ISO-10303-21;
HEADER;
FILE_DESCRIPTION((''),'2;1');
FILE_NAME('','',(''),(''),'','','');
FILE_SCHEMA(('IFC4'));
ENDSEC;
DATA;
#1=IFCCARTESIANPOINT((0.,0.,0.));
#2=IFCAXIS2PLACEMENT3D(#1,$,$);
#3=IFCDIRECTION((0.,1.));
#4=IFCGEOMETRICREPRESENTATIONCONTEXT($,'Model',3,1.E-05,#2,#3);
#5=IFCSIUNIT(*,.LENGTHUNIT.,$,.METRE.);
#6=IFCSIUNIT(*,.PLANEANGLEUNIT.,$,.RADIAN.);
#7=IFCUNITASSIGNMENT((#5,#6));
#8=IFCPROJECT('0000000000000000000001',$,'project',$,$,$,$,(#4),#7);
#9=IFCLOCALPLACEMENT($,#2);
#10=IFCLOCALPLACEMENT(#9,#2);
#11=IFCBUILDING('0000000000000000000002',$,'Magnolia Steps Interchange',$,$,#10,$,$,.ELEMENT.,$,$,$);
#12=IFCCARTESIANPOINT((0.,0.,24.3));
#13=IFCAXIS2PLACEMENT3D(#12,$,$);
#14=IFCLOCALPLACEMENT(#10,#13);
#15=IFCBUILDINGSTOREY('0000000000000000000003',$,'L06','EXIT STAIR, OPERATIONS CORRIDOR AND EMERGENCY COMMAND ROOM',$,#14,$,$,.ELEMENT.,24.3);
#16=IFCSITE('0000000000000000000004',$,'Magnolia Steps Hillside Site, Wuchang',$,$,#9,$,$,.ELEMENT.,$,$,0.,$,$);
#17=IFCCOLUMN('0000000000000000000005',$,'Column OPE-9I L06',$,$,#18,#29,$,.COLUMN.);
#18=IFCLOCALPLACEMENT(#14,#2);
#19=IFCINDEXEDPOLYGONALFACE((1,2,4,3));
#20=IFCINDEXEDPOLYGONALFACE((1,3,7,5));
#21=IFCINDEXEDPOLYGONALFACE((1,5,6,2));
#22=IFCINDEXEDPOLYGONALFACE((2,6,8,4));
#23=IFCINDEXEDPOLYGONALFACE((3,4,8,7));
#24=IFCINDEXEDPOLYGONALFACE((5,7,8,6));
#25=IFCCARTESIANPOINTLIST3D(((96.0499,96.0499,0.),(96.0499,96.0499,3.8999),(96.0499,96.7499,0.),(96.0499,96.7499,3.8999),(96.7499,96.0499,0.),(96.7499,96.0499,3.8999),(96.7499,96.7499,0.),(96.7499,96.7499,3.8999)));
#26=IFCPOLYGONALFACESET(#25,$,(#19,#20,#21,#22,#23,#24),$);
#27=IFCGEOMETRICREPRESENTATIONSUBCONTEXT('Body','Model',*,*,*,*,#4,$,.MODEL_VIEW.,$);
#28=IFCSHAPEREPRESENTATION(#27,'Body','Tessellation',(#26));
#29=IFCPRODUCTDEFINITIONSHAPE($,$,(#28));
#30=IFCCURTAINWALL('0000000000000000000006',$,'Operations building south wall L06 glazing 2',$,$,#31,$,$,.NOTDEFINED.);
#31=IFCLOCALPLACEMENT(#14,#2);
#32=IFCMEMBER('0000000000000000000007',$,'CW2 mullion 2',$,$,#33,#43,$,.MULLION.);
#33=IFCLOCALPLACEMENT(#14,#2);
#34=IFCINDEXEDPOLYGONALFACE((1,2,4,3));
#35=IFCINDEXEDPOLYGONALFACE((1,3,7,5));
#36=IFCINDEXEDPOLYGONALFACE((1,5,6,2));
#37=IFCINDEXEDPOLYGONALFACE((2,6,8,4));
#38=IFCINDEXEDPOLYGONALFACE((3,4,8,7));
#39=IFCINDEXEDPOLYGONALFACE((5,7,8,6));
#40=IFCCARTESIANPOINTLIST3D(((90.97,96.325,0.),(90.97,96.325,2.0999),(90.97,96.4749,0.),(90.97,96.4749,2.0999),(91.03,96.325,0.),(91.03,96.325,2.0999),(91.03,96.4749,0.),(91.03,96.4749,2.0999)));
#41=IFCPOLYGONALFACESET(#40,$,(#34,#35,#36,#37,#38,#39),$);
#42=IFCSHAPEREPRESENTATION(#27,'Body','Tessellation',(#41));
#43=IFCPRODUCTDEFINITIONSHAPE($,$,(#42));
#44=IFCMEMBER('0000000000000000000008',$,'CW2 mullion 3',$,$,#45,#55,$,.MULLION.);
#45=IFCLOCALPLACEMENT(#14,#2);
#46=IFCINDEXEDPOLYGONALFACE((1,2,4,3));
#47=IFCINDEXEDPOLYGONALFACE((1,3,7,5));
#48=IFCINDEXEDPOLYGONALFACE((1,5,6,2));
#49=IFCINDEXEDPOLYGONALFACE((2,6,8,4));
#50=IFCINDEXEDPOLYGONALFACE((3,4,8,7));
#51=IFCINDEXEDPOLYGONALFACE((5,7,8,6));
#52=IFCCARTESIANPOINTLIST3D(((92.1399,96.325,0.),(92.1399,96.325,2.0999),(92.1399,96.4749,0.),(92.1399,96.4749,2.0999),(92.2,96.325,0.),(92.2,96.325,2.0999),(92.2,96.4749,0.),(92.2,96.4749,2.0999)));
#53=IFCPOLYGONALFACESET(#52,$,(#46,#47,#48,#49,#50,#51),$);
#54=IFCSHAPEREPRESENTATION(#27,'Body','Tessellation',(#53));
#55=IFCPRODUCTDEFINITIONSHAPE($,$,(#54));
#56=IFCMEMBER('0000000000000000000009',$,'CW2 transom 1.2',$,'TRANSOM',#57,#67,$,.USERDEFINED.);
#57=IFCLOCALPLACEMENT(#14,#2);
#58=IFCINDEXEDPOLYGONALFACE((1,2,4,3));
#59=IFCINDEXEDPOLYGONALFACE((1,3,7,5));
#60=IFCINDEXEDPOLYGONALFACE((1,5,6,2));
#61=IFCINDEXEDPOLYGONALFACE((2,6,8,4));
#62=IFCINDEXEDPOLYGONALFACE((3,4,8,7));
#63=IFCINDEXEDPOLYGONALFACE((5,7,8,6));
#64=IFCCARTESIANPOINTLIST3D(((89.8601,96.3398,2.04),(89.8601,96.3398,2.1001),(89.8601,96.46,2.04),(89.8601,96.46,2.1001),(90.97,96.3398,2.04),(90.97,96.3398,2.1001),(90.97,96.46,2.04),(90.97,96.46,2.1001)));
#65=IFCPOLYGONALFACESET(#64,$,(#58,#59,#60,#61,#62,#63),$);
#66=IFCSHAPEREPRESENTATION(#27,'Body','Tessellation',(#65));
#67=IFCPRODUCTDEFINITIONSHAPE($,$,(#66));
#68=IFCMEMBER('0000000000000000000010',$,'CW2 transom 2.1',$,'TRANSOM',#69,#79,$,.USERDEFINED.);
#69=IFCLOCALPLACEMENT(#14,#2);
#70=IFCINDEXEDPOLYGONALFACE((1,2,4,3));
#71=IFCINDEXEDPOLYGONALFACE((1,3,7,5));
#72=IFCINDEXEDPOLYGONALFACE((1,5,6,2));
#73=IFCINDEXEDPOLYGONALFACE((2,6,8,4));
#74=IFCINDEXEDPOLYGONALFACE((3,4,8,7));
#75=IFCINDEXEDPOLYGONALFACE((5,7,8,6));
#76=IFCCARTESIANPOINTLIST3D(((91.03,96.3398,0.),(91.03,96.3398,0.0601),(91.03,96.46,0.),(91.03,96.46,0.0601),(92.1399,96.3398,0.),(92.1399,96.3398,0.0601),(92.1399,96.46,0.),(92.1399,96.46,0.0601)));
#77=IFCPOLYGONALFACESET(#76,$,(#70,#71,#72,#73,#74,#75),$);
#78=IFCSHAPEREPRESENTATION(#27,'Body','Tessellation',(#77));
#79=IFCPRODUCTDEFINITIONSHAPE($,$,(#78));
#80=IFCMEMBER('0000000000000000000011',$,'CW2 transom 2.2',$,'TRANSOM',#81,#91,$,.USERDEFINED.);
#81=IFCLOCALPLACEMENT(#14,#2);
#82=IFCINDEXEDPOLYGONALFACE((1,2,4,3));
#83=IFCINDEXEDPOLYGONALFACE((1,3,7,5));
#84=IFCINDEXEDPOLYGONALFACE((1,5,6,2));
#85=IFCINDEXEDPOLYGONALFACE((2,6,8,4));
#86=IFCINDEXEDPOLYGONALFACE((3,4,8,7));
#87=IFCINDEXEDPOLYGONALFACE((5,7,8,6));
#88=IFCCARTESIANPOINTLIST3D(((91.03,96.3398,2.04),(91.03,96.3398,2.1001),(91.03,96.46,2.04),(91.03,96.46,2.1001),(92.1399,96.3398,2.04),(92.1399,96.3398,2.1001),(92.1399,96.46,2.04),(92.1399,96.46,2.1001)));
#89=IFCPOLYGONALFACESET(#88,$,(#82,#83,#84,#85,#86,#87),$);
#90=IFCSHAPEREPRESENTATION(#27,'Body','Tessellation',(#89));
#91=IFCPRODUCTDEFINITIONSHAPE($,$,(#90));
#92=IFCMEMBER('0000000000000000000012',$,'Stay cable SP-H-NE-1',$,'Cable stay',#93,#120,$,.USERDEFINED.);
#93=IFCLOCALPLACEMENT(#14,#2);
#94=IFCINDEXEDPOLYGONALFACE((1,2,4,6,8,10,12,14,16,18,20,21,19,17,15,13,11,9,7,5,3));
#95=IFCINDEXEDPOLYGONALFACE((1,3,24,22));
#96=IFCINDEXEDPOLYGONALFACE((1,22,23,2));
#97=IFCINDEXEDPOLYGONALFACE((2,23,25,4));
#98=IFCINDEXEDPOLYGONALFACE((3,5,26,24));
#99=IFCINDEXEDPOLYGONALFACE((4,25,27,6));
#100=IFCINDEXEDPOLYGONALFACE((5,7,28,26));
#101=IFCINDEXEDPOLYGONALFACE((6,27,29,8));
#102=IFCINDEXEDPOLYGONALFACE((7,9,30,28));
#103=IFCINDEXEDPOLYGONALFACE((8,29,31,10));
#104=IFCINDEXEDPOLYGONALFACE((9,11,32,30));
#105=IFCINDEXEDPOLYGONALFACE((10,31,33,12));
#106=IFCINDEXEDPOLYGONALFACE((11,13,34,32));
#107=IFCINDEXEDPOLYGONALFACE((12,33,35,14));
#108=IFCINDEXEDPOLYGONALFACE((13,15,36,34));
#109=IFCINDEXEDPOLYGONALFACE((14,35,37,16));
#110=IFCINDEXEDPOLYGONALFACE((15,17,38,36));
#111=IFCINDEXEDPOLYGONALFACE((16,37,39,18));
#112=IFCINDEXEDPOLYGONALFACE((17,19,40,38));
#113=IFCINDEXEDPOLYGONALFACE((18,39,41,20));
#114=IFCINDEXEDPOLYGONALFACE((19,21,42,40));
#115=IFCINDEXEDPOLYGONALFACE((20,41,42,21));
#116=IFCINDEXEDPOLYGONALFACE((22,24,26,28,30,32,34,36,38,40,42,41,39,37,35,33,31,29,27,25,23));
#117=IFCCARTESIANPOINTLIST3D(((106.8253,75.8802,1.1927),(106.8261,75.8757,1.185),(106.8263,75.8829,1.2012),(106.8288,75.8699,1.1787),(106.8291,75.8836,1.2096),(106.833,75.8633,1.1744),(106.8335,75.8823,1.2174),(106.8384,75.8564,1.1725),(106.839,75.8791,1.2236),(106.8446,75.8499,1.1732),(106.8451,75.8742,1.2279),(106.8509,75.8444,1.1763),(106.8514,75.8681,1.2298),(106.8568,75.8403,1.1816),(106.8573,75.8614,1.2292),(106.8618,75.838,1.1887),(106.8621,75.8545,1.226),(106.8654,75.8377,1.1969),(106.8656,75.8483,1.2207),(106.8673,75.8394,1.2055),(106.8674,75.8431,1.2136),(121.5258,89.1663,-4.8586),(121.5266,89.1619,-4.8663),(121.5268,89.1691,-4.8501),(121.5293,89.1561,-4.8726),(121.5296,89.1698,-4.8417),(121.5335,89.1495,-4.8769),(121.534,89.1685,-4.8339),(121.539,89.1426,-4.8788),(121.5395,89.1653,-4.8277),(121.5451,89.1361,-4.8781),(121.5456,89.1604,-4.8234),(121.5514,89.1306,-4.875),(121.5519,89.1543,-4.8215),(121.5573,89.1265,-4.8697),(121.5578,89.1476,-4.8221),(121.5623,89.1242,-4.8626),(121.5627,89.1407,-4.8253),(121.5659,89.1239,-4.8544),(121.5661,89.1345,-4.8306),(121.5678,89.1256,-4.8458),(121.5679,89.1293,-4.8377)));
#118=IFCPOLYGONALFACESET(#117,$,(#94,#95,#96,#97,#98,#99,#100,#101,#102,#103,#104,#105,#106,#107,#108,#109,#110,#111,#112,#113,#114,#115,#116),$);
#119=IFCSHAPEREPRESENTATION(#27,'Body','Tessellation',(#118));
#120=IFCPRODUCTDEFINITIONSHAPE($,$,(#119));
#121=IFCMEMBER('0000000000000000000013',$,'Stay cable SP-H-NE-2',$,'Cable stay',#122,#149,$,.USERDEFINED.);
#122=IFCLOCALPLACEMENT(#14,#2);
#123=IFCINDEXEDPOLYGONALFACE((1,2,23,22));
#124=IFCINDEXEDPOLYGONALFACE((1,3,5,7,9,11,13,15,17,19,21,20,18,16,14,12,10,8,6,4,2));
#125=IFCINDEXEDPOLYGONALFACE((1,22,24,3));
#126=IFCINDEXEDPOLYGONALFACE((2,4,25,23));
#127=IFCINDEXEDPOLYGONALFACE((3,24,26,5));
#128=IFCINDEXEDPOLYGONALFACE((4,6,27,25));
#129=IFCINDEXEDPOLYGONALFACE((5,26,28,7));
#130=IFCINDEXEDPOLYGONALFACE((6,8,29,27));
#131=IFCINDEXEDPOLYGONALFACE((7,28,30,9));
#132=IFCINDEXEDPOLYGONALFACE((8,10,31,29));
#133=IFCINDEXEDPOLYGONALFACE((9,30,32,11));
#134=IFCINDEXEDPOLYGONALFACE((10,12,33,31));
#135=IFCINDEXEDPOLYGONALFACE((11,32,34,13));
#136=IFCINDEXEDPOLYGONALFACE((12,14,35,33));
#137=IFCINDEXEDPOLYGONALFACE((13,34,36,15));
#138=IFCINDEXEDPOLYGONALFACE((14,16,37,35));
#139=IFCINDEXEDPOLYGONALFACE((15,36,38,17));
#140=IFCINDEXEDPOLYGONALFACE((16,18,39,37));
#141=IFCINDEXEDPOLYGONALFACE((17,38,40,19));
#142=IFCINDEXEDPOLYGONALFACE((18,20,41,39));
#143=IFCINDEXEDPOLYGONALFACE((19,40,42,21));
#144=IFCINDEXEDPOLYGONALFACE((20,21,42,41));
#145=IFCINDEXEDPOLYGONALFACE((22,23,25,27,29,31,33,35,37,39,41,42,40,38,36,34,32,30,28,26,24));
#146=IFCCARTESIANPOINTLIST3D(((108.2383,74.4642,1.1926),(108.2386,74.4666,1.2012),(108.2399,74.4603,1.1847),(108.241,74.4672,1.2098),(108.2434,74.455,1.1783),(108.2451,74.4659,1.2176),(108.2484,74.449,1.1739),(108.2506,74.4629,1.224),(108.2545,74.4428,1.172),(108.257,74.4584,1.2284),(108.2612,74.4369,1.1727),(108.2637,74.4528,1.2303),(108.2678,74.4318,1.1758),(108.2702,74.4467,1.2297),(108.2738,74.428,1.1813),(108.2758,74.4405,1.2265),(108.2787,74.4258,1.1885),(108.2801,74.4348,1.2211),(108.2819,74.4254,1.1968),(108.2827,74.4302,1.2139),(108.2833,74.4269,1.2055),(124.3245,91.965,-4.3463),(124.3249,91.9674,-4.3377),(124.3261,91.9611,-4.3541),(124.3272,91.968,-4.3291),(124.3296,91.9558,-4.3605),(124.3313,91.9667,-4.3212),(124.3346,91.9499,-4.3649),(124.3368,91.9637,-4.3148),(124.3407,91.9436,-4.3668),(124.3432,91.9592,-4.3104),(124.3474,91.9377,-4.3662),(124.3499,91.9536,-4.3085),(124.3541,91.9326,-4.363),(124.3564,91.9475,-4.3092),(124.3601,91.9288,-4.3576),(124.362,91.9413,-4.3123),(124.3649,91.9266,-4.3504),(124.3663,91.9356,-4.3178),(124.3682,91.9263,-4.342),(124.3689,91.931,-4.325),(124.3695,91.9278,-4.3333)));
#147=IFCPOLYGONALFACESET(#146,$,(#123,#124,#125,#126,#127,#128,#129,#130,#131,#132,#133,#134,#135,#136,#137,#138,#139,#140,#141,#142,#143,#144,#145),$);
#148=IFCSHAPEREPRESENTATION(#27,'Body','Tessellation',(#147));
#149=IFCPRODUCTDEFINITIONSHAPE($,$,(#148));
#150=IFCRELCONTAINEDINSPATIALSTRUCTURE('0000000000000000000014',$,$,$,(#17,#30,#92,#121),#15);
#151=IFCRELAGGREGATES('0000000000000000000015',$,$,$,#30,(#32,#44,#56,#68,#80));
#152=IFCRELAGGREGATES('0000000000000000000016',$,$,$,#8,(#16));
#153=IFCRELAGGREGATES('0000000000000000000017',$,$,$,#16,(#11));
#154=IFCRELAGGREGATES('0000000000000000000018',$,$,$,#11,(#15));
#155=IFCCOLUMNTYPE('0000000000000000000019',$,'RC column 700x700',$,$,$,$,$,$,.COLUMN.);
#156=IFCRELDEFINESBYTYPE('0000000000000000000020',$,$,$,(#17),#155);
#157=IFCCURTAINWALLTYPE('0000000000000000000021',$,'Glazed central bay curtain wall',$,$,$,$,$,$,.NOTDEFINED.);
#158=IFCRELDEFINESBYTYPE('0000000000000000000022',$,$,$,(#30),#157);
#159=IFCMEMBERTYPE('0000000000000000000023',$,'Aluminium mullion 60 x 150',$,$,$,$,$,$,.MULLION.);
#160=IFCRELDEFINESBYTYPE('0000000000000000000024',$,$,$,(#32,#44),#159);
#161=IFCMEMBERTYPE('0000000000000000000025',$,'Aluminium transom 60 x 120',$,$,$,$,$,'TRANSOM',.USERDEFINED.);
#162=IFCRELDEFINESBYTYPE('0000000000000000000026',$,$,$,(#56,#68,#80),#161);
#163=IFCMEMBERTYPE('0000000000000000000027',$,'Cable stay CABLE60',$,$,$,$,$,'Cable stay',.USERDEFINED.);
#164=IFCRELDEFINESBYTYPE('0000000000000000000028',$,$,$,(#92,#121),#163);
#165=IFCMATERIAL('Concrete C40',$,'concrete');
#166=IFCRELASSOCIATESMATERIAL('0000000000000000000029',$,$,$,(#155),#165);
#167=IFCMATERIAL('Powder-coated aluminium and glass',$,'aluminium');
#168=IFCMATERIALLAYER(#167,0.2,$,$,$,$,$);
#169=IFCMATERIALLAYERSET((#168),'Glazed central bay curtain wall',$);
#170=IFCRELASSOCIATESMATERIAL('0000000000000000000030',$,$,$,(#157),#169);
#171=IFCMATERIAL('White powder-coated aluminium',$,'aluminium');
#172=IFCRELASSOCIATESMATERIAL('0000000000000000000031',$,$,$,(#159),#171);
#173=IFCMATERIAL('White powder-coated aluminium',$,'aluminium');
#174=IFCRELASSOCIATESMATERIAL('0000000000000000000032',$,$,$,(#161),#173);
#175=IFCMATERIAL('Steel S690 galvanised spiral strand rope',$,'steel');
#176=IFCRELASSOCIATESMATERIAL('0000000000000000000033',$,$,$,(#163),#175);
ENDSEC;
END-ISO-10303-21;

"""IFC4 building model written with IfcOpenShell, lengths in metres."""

from ifc_helpers import new_model, si_unit, direction, frame, origin, origin_2d, place, context, subcontext, project, spatial, rectangle, circle, extrude, material, layer, layer_set, material_profile, profile_set, type_object, element, aggregate, save


model = new_model("IFC4")

# Units and contexts
model_context = context("Model", 3, precision=1e-05, world=origin(), true_north=direction((0.0, 1.0)))
body_context = subcontext(model_context, "Body", "Model", "MODEL_VIEW")
ifc_project = project(units=[si_unit("LENGTHUNIT", "METRE"), si_unit("PLANEANGLEUNIT", "RADIAN")], contexts=[model_context])

# Site, building, storey
site_placement = place(None, origin())
site = spatial("IfcSite", under=ifc_project, at=site_placement, Name="Magnolia Steps Hillside Site, Wuchang", CompositionType="ELEMENT", RefElevation=0.0)
building_placement = place(site_placement, origin())
building = spatial("IfcBuilding", under=site, at=building_placement, Name="Magnolia Steps Interchange", CompositionType="ELEMENT")
storey_placement = place(building_placement, frame((0.0, 0.0, 24.3)))
storey = spatial("IfcBuildingStorey", under=building, at=storey_placement, Name="L06", Description="EXIT STAIR, OPERATIONS CORRIDOR AND EMERGENCY COMMAND ROOM", CompositionType="ELEMENT", Elevation=24.3)

# Column
ifc_material_1 = material(Name="Concrete C40", Category="concrete")
ifc_material_profile_1 = material_profile(ifc_material_1, rectangle(XDim=0.7, YDim=0.7, at=origin_2d()), Name="RC700x700")
ifc_profile_set_1 = profile_set([ifc_material_profile_1], Name="Concrete C40")
column_type = type_object("IfcColumnType", Name="RC column 700x700", PredefinedType="COLUMN", material=ifc_profile_set_1)
column_placement = place(storey_placement, frame((96.3999, 96.3999, 0.0), z_axis=(0.0, 0.0, 1.0), x_axis=(1.0, 0.0, 0.0)))
element("IfcColumn", 1, at=column_placement, inside=storey, type_object=column_type, Name="Column OPE-9I L06", PredefinedType="COLUMN", context=body_context, shape_type="SweptSolid", body=[
    extrude(rectangle(XDim=0.7, YDim=0.7, at=origin_2d()), origin(), (0.0, 0.0, 1.0), 3.8999),
])

# Curtain wall, members
ifc_material_2 = material(Name="Powder-coated aluminium and glass", Category="aluminium")
ifc_layer_1 = layer(ifc_material_2, 0.2)
ifc_layer_set_1 = layer_set([ifc_layer_1], Name="Glazed central bay curtain wall")
curtain_wall_type = type_object("IfcCurtainWallType", Name="Glazed central bay curtain wall", PredefinedType="NOTDEFINED", material=ifc_layer_set_1)
curtain_wall_placement = place(storey_placement, origin())
curtain_wall = element("IfcCurtainWall", 2, at=curtain_wall_placement, inside=storey, type_object=curtain_wall_type, Name="Operations building south wall L06 glazing 2", PredefinedType="NOTDEFINED")
ifc_material_3 = material(Name="White powder-coated aluminium", Category="aluminium")
ifc_material_profile_2 = material_profile(ifc_material_3, rectangle(XDim=0.0601, YDim=0.1499, at=origin_2d()), Name="Aluminium mullion 60 x 150")
ifc_profile_set_2 = profile_set([ifc_material_profile_2], Name="White powder-coated aluminium")
member_type_1 = type_object("IfcMemberType", Name="Aluminium mullion 60 x 150", PredefinedType="MULLION", material=ifc_profile_set_2)
member_1_placement = place(storey_placement, frame((91.0, 96.3999, 0.0), z_axis=(0.0, 0.0, 1.0), x_axis=(1.0, 0.0, 0.0)))
member_1 = element("IfcMember", 3, at=member_1_placement, type_object=member_type_1, Name="CW2 mullion 2", PredefinedType="MULLION", context=body_context, shape_type="SweptSolid", body=[
    extrude(rectangle(XDim=0.0601, YDim=0.1499, at=origin_2d()), origin(), (0.0, 0.0, 1.0), 2.0999),
])
member_2_placement = place(storey_placement, frame((92.1699, 96.3999, 0.0), z_axis=(0.0, 0.0, 1.0), x_axis=(1.0, 0.0, 0.0)))
member_2 = element("IfcMember", 4, at=member_2_placement, type_object=member_type_1, Name="CW2 mullion 3", PredefinedType="MULLION", context=body_context, shape_type="SweptSolid", body=[
    extrude(rectangle(XDim=0.0601, YDim=0.1499, at=origin_2d()), origin(), (0.0, 0.0, 1.0), 2.0999),
])
ifc_material_4 = material(Name="White powder-coated aluminium", Category="aluminium")
ifc_material_profile_3 = material_profile(ifc_material_4, rectangle(XDim=0.0601, YDim=0.1201, at=origin_2d()), Name="Aluminium transom 60 x 120")
ifc_profile_set_3 = profile_set([ifc_material_profile_3], Name="White powder-coated aluminium")
member_type_2 = type_object("IfcMemberType", Name="Aluminium transom 60 x 120", ElementType="TRANSOM", PredefinedType="USERDEFINED", material=ifc_profile_set_3)
member_3_placement = place(storey_placement, frame((89.8601, 96.3999, 2.0701), z_axis=(1.0, 0.0, 0.0), x_axis=(0.0, 0.0, 1.0)))
member_3 = element("IfcMember", 5, at=member_3_placement, type_object=member_type_2, Name="CW2 transom 1.2", ObjectType="TRANSOM", PredefinedType="USERDEFINED", context=body_context, shape_type="SweptSolid", body=[
    extrude(rectangle(XDim=0.0601, YDim=0.1201, at=origin_2d()), origin(), (0.0, 0.0, 1.0), 1.1099),
])
member_4_placement = place(storey_placement, frame((91.03, 96.3999, 0.03), z_axis=(1.0, 0.0, 0.0), x_axis=(0.0, 0.0, 1.0)))
member_4 = element("IfcMember", 6, at=member_4_placement, type_object=member_type_2, Name="CW2 transom 2.1", ObjectType="TRANSOM", PredefinedType="USERDEFINED", context=body_context, shape_type="SweptSolid", body=[
    extrude(rectangle(XDim=0.0601, YDim=0.1201, at=origin_2d()), origin(), (0.0, 0.0, 1.0), 1.1099),
])
member_5_placement = place(storey_placement, frame((91.03, 96.3999, 2.0701), z_axis=(1.0, 0.0, 0.0), x_axis=(0.0, 0.0, 1.0)))
member_5 = element("IfcMember", 7, at=member_5_placement, type_object=member_type_2, Name="CW2 transom 2.2", ObjectType="TRANSOM", PredefinedType="USERDEFINED", context=body_context, shape_type="SweptSolid", body=[
    extrude(rectangle(XDim=0.0601, YDim=0.1201, at=origin_2d()), origin(), (0.0, 0.0, 1.0), 1.1099),
])

# Members
ifc_material_5 = material(Name="Steel S690 galvanised spiral strand rope", Category="steel")
ifc_material_profile_4 = material_profile(ifc_material_5, circle(Radius=0.03, at=origin_2d()), Name="CABLE60")
ifc_profile_set_4 = profile_set([ifc_material_profile_4], Name="Steel S690 galvanised spiral strand rope")
member_type_3 = type_object("IfcMemberType", Name="Cable stay CABLE60", ElementType="Cable stay", PredefinedType="USERDEFINED", material=ifc_profile_set_4)
member_6_placement = place(storey_placement, frame((106.8464, 75.8606, 1.2012), z_axis=(0.709544, 0.64128, -0.292076), x_axis=(-0.670517, 0.741894, 0.0)))
element("IfcMember", 8, at=member_6_placement, inside=storey, type_object=member_type_3, Name="Stay cable SP-H-NE-1", ObjectType="Cable stay", PredefinedType="USERDEFINED", context=body_context, shape_type="SweptSolid", body=[
    extrude(circle(Radius=0.03, at=origin_2d()), origin(), (0.0, 0.0, 1.0), 20.7183),
])
member_7_placement = place(storey_placement, frame((108.2607, 74.4463, 1.2012), z_axis=(0.659071, 0.717027, -0.226932), x_axis=(-0.736235, 0.676726, 0.0)))
element("IfcMember", 9, at=member_7_placement, inside=storey, type_object=member_type_3, Name="Stay cable SP-H-NE-2", ObjectType="Cable stay", PredefinedType="USERDEFINED", context=body_context, shape_type="SweptSolid", body=[
    extrude(circle(Radius=0.03, at=origin_2d()), origin(), (0.0, 0.0, 1.0), 24.4075),
])

aggregate(curtain_wall, [member_1, member_2, member_3, member_4, member_5])

save(model, "model.ifc")
